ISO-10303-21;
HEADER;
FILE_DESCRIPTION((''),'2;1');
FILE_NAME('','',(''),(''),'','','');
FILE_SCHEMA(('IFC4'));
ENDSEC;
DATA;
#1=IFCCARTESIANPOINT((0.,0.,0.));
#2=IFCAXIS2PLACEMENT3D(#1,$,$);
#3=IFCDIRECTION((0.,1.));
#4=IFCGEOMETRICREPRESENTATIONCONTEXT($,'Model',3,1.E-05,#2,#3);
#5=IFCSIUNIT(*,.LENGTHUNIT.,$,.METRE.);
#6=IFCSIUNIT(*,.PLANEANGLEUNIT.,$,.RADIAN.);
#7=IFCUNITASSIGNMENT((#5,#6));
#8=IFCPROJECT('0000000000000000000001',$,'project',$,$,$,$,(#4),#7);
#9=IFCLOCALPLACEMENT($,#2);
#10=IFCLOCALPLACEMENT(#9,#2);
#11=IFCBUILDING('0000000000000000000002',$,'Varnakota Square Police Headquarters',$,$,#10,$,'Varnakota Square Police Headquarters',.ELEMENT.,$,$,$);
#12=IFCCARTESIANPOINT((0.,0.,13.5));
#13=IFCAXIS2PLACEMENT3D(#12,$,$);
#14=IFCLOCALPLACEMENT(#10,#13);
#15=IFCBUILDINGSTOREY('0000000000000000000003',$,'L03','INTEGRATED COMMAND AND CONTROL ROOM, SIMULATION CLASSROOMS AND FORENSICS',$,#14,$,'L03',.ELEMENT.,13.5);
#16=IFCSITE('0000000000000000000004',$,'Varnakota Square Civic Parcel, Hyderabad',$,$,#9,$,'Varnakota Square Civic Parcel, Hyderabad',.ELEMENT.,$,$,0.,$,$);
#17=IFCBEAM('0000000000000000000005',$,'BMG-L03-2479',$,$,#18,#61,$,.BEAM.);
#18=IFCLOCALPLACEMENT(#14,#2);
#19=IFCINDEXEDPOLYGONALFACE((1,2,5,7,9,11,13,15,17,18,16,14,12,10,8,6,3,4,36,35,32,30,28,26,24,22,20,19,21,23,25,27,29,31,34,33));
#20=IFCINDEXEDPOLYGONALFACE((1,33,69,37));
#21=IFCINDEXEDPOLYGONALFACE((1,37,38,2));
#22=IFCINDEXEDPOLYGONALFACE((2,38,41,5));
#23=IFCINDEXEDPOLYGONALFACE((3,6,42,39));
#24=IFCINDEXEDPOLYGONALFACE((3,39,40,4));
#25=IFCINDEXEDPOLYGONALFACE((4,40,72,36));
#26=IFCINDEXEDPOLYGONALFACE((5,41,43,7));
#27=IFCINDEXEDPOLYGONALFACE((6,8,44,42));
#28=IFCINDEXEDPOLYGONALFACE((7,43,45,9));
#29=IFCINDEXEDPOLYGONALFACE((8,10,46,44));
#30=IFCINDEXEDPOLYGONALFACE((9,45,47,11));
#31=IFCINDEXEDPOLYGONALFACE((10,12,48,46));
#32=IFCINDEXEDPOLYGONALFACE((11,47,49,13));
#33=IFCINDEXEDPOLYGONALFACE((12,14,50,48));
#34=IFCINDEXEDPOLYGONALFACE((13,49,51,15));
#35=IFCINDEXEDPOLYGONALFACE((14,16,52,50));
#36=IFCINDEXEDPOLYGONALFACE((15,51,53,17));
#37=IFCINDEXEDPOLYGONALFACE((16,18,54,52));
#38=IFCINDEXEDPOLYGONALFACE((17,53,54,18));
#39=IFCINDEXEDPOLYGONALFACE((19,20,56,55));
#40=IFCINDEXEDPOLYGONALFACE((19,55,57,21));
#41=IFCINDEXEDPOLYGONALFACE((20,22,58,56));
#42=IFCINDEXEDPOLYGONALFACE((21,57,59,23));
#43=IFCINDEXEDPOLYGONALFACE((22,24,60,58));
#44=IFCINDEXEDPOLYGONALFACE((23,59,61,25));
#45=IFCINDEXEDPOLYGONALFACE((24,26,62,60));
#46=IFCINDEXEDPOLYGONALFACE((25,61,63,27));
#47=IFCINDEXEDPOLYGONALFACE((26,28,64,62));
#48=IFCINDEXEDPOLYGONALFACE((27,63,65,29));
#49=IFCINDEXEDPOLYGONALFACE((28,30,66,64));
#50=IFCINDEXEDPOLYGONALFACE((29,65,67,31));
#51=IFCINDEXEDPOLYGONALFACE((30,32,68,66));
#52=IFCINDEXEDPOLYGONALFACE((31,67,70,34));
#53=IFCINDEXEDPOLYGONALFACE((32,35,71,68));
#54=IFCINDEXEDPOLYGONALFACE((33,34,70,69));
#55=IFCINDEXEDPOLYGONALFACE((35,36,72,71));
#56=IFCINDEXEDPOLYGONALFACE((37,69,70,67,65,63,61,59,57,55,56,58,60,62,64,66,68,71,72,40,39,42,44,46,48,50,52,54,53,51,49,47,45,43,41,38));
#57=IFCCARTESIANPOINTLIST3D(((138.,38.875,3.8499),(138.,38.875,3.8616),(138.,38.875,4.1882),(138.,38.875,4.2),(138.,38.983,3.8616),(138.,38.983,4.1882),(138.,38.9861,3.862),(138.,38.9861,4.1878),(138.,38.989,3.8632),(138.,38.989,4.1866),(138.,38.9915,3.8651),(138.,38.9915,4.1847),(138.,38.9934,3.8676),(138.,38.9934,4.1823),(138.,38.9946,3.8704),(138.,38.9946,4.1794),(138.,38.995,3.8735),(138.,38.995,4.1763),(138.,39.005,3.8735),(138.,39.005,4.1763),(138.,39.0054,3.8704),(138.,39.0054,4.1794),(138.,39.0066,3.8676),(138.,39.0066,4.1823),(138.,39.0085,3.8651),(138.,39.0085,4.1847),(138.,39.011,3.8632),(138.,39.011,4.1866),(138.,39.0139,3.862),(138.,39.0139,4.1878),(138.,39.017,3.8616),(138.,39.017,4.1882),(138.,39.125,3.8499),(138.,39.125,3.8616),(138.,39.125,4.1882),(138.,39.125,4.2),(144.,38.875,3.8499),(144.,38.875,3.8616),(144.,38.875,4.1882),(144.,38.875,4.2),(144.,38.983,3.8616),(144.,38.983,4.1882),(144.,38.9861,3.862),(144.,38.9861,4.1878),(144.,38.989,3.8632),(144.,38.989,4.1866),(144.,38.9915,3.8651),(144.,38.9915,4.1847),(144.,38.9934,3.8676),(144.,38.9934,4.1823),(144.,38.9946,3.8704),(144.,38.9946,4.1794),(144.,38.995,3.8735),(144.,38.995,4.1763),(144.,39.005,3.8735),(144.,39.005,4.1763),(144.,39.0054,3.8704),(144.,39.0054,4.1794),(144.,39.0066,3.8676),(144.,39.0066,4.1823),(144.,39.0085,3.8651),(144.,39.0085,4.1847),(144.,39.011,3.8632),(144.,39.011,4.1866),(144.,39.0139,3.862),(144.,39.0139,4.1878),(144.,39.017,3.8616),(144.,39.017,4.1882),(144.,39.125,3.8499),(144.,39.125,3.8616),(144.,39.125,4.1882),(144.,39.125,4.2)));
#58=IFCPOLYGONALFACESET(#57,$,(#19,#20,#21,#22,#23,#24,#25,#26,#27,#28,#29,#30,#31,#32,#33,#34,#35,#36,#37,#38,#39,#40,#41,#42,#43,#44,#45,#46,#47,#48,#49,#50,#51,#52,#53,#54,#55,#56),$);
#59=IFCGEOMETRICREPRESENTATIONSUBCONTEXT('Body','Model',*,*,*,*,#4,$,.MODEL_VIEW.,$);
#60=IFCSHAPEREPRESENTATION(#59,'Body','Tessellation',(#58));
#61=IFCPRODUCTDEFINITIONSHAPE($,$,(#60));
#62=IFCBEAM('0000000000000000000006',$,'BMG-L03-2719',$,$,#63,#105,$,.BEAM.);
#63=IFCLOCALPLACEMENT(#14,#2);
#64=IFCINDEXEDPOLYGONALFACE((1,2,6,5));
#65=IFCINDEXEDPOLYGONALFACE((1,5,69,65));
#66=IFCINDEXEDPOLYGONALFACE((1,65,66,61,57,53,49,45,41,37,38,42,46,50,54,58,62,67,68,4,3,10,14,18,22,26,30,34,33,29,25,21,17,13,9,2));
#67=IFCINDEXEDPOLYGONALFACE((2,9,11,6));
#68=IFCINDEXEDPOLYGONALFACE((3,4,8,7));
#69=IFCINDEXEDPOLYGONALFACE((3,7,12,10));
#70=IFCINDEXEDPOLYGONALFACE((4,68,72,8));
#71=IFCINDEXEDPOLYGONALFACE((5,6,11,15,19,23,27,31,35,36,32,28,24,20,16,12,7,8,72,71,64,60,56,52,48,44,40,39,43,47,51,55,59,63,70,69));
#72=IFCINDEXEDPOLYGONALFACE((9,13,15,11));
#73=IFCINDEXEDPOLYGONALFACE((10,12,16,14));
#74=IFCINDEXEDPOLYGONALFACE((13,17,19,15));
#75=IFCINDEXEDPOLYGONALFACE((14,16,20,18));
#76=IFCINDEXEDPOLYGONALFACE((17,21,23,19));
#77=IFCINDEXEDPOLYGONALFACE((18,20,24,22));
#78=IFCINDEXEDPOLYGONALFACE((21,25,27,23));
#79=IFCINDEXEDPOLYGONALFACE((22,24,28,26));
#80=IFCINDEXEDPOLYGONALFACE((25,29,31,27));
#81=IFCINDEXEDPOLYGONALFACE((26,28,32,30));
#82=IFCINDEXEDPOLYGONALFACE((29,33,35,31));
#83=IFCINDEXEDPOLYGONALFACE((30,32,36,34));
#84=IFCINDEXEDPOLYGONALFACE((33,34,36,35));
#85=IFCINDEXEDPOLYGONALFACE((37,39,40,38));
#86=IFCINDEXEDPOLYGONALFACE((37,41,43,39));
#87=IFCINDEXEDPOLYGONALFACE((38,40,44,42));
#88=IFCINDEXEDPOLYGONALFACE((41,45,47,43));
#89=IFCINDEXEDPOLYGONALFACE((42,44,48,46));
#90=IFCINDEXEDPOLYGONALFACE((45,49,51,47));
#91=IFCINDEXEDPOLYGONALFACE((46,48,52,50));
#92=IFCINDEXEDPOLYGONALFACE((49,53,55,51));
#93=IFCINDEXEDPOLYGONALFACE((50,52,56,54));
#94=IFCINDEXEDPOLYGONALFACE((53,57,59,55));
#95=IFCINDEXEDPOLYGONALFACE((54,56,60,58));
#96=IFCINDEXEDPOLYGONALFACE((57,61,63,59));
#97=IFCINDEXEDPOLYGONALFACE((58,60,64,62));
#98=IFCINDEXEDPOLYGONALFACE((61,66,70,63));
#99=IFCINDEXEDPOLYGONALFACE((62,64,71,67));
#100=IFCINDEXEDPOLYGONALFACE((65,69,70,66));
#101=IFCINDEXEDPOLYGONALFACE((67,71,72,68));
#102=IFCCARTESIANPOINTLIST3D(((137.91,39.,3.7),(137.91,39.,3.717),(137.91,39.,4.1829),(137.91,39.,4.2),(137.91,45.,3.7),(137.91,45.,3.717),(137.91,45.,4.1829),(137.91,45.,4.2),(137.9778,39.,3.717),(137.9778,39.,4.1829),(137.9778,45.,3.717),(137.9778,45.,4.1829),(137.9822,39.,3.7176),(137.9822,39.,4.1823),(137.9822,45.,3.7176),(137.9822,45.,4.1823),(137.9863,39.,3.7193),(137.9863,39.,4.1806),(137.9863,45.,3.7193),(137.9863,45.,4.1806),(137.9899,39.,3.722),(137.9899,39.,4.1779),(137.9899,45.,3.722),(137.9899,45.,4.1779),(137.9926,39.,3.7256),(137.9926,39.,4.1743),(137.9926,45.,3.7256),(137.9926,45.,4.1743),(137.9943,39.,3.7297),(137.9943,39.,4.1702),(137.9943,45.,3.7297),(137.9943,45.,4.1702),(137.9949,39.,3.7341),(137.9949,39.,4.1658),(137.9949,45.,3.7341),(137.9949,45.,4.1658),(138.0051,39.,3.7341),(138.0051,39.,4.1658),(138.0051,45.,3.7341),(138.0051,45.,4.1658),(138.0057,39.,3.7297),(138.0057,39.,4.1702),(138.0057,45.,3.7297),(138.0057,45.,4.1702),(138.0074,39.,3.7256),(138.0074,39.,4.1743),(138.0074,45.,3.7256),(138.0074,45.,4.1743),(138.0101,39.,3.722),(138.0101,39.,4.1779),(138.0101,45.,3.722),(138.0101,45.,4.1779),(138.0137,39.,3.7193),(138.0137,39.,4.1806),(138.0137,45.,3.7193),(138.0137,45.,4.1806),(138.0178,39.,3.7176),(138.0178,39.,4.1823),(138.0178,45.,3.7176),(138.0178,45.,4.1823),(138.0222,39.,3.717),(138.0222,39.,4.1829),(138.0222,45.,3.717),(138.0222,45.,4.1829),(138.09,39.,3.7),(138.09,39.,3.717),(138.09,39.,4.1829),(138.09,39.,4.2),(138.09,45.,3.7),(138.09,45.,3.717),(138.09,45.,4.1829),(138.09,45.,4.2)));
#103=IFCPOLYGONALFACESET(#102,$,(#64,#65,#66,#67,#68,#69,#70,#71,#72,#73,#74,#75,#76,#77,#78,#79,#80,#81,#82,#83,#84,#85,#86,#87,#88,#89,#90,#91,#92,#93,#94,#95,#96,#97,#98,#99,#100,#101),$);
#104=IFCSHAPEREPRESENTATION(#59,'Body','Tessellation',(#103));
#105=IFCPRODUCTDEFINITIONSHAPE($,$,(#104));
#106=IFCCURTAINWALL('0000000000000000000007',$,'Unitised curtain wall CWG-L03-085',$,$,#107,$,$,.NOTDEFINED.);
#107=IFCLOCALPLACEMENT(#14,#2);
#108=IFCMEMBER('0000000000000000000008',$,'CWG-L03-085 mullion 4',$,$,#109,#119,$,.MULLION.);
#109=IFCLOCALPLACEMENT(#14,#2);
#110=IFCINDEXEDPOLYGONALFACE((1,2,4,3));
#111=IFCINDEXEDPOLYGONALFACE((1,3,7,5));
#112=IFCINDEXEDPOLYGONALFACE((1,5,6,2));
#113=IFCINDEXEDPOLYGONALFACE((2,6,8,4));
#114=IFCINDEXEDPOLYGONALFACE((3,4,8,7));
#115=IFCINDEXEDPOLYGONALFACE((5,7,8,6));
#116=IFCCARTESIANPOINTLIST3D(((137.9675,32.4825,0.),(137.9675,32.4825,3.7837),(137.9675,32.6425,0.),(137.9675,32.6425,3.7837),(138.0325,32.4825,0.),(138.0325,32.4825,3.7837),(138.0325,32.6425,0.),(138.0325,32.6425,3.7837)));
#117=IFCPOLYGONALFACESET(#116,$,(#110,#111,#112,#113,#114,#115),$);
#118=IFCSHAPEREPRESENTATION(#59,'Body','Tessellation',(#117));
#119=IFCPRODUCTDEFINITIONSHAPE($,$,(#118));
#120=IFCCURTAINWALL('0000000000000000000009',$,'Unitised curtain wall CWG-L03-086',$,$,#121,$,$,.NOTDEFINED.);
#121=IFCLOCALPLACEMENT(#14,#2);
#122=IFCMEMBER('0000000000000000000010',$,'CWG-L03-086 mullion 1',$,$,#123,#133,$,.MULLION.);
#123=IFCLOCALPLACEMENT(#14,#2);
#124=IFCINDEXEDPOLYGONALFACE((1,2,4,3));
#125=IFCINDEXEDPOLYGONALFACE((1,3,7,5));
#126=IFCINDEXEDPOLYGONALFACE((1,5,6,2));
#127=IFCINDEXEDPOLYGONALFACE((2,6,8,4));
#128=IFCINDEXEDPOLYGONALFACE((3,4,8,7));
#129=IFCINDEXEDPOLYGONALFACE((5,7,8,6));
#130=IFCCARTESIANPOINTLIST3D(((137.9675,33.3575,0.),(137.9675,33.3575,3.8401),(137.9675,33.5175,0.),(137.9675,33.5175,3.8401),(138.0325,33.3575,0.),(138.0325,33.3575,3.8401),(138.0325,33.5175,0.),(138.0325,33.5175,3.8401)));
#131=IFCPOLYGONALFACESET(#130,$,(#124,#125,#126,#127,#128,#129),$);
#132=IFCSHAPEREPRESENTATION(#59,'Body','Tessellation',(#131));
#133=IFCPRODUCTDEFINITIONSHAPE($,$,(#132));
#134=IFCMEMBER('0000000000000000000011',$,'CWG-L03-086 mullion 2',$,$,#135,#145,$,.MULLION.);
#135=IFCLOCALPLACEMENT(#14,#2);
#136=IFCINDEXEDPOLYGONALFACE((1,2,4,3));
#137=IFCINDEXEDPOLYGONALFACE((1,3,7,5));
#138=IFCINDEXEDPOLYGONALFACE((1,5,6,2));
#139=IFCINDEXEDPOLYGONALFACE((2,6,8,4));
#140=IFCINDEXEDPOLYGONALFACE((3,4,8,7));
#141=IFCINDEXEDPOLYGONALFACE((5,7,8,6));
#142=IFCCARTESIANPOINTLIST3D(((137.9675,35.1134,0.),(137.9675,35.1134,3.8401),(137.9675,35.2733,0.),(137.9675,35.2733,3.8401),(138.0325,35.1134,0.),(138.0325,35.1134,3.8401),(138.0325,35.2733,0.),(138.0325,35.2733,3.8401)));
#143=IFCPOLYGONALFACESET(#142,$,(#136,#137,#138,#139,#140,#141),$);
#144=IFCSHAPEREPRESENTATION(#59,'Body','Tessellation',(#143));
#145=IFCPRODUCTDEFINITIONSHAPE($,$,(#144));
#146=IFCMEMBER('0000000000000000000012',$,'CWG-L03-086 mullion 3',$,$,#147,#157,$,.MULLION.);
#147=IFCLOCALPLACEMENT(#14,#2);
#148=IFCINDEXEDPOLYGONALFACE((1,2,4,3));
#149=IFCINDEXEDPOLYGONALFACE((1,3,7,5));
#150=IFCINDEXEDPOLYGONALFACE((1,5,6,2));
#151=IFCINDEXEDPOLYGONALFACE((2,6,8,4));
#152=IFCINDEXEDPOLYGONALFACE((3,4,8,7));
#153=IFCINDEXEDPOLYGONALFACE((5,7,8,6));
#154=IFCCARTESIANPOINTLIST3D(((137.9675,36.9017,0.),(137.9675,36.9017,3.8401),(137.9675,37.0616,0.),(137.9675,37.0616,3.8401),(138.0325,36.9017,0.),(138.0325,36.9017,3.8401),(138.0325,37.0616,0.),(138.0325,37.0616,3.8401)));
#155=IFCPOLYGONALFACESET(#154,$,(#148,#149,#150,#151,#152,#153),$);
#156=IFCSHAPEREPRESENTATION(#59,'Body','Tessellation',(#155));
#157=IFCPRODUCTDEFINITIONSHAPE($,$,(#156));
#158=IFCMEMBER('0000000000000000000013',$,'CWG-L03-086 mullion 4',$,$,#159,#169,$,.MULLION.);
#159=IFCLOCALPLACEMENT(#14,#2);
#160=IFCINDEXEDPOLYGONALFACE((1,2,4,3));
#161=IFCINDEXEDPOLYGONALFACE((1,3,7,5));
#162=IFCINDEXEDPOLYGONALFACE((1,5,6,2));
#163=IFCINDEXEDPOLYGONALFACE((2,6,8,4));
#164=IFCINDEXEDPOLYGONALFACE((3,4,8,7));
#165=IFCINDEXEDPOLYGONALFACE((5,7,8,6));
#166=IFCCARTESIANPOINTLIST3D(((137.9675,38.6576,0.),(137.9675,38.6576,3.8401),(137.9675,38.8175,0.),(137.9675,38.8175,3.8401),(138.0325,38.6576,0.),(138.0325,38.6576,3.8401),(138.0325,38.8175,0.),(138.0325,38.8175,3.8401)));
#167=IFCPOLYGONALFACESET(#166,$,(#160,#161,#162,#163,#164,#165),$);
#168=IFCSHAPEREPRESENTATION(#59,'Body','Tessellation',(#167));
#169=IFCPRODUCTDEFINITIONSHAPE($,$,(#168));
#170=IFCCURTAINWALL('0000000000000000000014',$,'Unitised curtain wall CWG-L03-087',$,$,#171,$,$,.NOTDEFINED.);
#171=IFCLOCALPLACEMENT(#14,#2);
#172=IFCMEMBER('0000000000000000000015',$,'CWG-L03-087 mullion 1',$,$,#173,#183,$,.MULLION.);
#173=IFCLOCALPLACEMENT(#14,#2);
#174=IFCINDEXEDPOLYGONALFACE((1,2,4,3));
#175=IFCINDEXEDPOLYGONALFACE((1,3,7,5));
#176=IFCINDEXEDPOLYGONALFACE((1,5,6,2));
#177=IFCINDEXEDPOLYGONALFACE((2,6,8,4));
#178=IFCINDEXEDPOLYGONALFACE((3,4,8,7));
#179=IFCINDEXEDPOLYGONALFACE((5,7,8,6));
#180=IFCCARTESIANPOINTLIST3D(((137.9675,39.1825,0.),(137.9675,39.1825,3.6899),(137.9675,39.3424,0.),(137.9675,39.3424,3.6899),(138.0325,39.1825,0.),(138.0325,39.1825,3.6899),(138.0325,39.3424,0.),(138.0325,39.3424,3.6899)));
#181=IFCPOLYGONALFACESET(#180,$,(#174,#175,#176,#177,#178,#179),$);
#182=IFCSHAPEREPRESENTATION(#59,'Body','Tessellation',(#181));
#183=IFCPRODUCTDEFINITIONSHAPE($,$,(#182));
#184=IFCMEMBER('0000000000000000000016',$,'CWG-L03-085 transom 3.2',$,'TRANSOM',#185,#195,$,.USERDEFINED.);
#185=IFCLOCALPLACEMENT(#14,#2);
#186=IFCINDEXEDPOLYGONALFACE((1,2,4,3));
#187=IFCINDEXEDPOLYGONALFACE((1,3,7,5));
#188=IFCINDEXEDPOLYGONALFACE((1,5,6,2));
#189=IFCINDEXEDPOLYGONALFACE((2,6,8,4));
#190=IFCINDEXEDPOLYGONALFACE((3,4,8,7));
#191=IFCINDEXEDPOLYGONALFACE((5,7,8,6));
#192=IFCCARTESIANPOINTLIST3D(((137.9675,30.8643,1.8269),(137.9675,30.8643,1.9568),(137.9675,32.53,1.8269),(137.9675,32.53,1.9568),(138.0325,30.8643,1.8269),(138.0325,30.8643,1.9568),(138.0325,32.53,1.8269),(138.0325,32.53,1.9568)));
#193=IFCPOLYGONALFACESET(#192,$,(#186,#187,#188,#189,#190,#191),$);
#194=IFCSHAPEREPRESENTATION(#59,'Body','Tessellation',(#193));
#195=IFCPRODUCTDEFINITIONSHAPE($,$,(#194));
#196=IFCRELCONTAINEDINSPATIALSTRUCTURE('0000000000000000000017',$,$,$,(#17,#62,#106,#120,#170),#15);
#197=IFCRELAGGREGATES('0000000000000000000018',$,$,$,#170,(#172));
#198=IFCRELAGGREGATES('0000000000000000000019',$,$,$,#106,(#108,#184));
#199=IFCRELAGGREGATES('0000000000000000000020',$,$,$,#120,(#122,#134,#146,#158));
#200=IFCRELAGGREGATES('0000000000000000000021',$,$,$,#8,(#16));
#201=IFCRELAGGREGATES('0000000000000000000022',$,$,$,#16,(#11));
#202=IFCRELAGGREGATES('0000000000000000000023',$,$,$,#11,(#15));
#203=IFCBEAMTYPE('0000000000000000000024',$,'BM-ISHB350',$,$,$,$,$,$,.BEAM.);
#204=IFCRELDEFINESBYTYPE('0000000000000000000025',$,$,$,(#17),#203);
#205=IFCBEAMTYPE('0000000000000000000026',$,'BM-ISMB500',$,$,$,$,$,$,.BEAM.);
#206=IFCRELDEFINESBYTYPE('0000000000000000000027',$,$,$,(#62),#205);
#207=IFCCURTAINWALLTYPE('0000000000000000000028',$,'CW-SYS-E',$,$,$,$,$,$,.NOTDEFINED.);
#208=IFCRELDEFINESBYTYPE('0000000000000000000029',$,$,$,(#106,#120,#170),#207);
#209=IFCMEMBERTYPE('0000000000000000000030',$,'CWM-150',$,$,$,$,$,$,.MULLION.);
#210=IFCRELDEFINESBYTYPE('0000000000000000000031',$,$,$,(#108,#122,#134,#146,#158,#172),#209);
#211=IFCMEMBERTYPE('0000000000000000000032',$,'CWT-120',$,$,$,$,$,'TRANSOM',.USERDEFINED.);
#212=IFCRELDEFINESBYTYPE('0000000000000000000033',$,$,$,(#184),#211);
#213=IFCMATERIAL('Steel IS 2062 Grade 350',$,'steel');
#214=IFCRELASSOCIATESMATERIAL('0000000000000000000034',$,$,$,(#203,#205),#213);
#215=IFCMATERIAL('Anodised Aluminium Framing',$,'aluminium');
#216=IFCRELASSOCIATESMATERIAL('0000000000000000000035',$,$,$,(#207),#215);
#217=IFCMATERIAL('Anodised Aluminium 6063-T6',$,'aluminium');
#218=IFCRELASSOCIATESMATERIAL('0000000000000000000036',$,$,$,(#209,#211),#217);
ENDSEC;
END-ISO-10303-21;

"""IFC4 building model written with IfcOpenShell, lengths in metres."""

from ifc_helpers import new_model, si_unit, direction, frame, origin, origin_2d, place, context, subcontext, project, spatial, rectangle, i_section, extrude, material, material_profile, profile_set, type_object, element, aggregate, save


model = new_model("IFC4")

# Units and contexts
model_context = context("Model", 3, precision=1e-05, world=origin(), true_north=direction((0.0, 1.0)))
body_context = subcontext(model_context, "Body", "Model", "MODEL_VIEW")
ifc_project = project(units=[si_unit("LENGTHUNIT", "METRE"), si_unit("PLANEANGLEUNIT", "RADIAN")], contexts=[model_context])

# Site, building, storey
site_placement = place(None, origin())
site = spatial("IfcSite", under=ifc_project, at=site_placement, Name="Varnakota Square Civic Parcel, Hyderabad", LongName="Varnakota Square Civic Parcel, Hyderabad", CompositionType="ELEMENT", RefElevation=0.0)
building_placement = place(site_placement, origin())
building = spatial("IfcBuilding", under=site, at=building_placement, Name="Varnakota Square Police Headquarters", LongName="Varnakota Square Police Headquarters", CompositionType="ELEMENT")
storey_placement = place(building_placement, frame((0.0, 0.0, 13.5)))
storey = spatial("IfcBuildingStorey", under=building, at=storey_placement, Name="L03", Description="INTEGRATED COMMAND AND CONTROL ROOM, SIMULATION CLASSROOMS AND FORENSICS", LongName="L03", CompositionType="ELEMENT", Elevation=13.5)

# Shared definitions
ifc_material_1 = material(Name="Steel IS 2062 Grade 350", Category="steel")

# Beams
ifc_material_profile_1 = material_profile(ifc_material_1, i_section(OverallWidth=0.25, OverallDepth=0.3501, WebThickness=0.01, FlangeThickness=0.0117, FilletRadius=0.012, at=origin_2d()), Name="ISHB 350")
ifc_profile_set_1 = profile_set([ifc_material_profile_1], Name="Steel IS 2062 Grade 350")
beam_type_1 = type_object("IfcBeamType", Name="BM-ISHB350", PredefinedType="BEAM", material=ifc_profile_set_1)
beam_1_placement = place(storey_placement, frame((138.0, 39.0, 4.0249), z_axis=(1.0, 0.0, 0.0), x_axis=(0.0, 1.0, 0.0)))
element("IfcBeam", 1, at=beam_1_placement, inside=storey, type_object=beam_type_1, Name="BMG-L03-2479", PredefinedType="BEAM", context=body_context, shape_type="SweptSolid", body=[
    extrude(i_section(OverallWidth=0.25, OverallDepth=0.3501, WebThickness=0.01, FlangeThickness=0.0117, FilletRadius=0.012, at=origin_2d()), origin(), (0.0, 0.0, 1.0), 6.0),
])
ifc_material_profile_2 = material_profile(ifc_material_1, i_section(OverallWidth=0.1799, OverallDepth=0.5, WebThickness=0.0103, FlangeThickness=0.0171, FilletRadius=0.0171, at=origin_2d()), Name="ISMB 500")
ifc_profile_set_2 = profile_set([ifc_material_profile_2], Name="Steel IS 2062 Grade 350")
beam_type_2 = type_object("IfcBeamType", Name="BM-ISMB500", PredefinedType="BEAM", material=ifc_profile_set_2)
beam_2_placement = place(storey_placement, frame((138.0, 39.0, 3.95), z_axis=(0.0, 1.0, 0.0), x_axis=(-1.0, 0.0, 0.0)))
element("IfcBeam", 2, at=beam_2_placement, inside=storey, type_object=beam_type_2, Name="BMG-L03-2719", PredefinedType="BEAM", context=body_context, shape_type="SweptSolid", body=[
    extrude(i_section(OverallWidth=0.1799, OverallDepth=0.5, WebThickness=0.0103, FlangeThickness=0.0171, FilletRadius=0.0171, at=origin_2d()), origin(), (0.0, 0.0, 1.0), 6.0),
])

# Curtain wall, member
ifc_material_2 = material(Name="Anodised Aluminium Framing", Category="aluminium")
curtain_wall_type = type_object("IfcCurtainWallType", Name="CW-SYS-E", PredefinedType="NOTDEFINED", material=ifc_material_2)
curtain_wall_1_placement = place(storey_placement, origin())
curtain_wall_1 = element("IfcCurtainWall", 3, at=curtain_wall_1_placement, inside=storey, type_object=curtain_wall_type, Name="Unitised curtain wall CWG-L03-085", PredefinedType="NOTDEFINED")
ifc_material_3 = material(Name="Anodised Aluminium 6063-T6", Category="aluminium")
ifc_material_profile_3 = material_profile(ifc_material_3, rectangle(XDim=0.0649, YDim=0.1599, at=origin_2d()), Name="ALU MULLION 65x160")
ifc_profile_set_3 = profile_set([ifc_material_profile_3], Name="Anodised Aluminium 6063-T6")
member_type_1 = type_object("IfcMemberType", Name="CWM-150", PredefinedType="MULLION", material=ifc_profile_set_3)
member_1_placement = place(storey_placement, frame((138.0, 32.5625, 0.0), z_axis=(0.0, 0.0, 1.0), x_axis=(-1.0, 0.0, 0.0)))
member_1 = element("IfcMember", 4, at=member_1_placement, type_object=member_type_1, Name="CWG-L03-085 mullion 4", PredefinedType="MULLION", context=body_context, shape_type="SweptSolid", body=[
    extrude(rectangle(XDim=0.0649, YDim=0.1599, at=origin_2d()), origin(), (0.0, 0.0, 1.0), 3.7837),
])

# Curtain wall, members
curtain_wall_2_placement = place(storey_placement, origin())
curtain_wall_2 = element("IfcCurtainWall", 5, at=curtain_wall_2_placement, inside=storey, type_object=curtain_wall_type, Name="Unitised curtain wall CWG-L03-086", PredefinedType="NOTDEFINED")
member_2_placement = place(storey_placement, frame((138.0, 33.4375, 0.0), z_axis=(0.0, 0.0, 1.0), x_axis=(-1.0, 0.0, 0.0)))
member_2 = element("IfcMember", 6, at=member_2_placement, type_object=member_type_1, Name="CWG-L03-086 mullion 1", PredefinedType="MULLION", context=body_context, shape_type="SweptSolid", body=[
    extrude(rectangle(XDim=0.0649, YDim=0.1599, at=origin_2d()), origin(), (0.0, 0.0, 1.0), 3.8401),
])
member_3_placement = place(storey_placement, frame((138.0, 35.1934, 0.0), z_axis=(0.0, 0.0, 1.0), x_axis=(-1.0, 0.0, 0.0)))
member_3 = element("IfcMember", 7, at=member_3_placement, type_object=member_type_1, Name="CWG-L03-086 mullion 2", PredefinedType="MULLION", context=body_context, shape_type="SweptSolid", body=[
    extrude(rectangle(XDim=0.0649, YDim=0.1599, at=origin_2d()), origin(), (0.0, 0.0, 1.0), 3.8401),
])
member_4_placement = place(storey_placement, frame((138.0, 36.9817, 0.0), z_axis=(0.0, 0.0, 1.0), x_axis=(-1.0, 0.0, 0.0)))
member_4 = element("IfcMember", 8, at=member_4_placement, type_object=member_type_1, Name="CWG-L03-086 mullion 3", PredefinedType="MULLION", context=body_context, shape_type="SweptSolid", body=[
    extrude(rectangle(XDim=0.0649, YDim=0.1599, at=origin_2d()), origin(), (0.0, 0.0, 1.0), 3.8401),
])
member_5_placement = place(storey_placement, frame((138.0, 38.7375, 0.0), z_axis=(0.0, 0.0, 1.0), x_axis=(-1.0, 0.0, 0.0)))
member_5 = element("IfcMember", 9, at=member_5_placement, type_object=member_type_1, Name="CWG-L03-086 mullion 4", PredefinedType="MULLION", context=body_context, shape_type="SweptSolid", body=[
    extrude(rectangle(XDim=0.0649, YDim=0.1599, at=origin_2d()), origin(), (0.0, 0.0, 1.0), 3.8401),
])

# Curtain wall, member
curtain_wall_3_placement = place(storey_placement, origin())
curtain_wall_3 = element("IfcCurtainWall", 10, at=curtain_wall_3_placement, inside=storey, type_object=curtain_wall_type, Name="Unitised curtain wall CWG-L03-087", PredefinedType="NOTDEFINED")
member_6_placement = place(storey_placement, frame((138.0, 39.2625, 0.0), z_axis=(0.0, 0.0, 1.0), x_axis=(-1.0, 0.0, 0.0)))
member_6 = element("IfcMember", 11, at=member_6_placement, type_object=member_type_1, Name="CWG-L03-087 mullion 1", PredefinedType="MULLION", context=body_context, shape_type="SweptSolid", body=[
    extrude(rectangle(XDim=0.0649, YDim=0.1599, at=origin_2d()), origin(), (0.0, 0.0, 1.0), 3.6899),
])
aggregate(curtain_wall_3, [member_6])

# Member
ifc_material_profile_4 = material_profile(ifc_material_3, rectangle(XDim=0.0649, YDim=0.1299, at=origin_2d()), Name="ALU TRANSOM 65x130")
ifc_profile_set_4 = profile_set([ifc_material_profile_4], Name="Anodised Aluminium 6063-T6")
member_type_2 = type_object("IfcMemberType", Name="CWT-120", ElementType="TRANSOM", PredefinedType="USERDEFINED", material=ifc_profile_set_4)
member_7_placement = place(storey_placement, frame((138.0, 30.8643, 1.8918), z_axis=(0.0, 1.0, 0.0), x_axis=(-1.0, 0.0, 0.0)))
member_7 = element("IfcMember", 12, at=member_7_placement, type_object=member_type_2, Name="CWG-L03-085 transom 3.2", ObjectType="TRANSOM", PredefinedType="USERDEFINED", context=body_context, shape_type="SweptSolid", body=[
    extrude(rectangle(XDim=0.0649, YDim=0.1299, at=origin_2d()), origin(), (0.0, 0.0, 1.0), 1.6658),
])

aggregate(curtain_wall_1, [member_1, member_7])
aggregate(curtain_wall_2, [member_2, member_3, member_4, member_5])

save(model, "model.ifc")
